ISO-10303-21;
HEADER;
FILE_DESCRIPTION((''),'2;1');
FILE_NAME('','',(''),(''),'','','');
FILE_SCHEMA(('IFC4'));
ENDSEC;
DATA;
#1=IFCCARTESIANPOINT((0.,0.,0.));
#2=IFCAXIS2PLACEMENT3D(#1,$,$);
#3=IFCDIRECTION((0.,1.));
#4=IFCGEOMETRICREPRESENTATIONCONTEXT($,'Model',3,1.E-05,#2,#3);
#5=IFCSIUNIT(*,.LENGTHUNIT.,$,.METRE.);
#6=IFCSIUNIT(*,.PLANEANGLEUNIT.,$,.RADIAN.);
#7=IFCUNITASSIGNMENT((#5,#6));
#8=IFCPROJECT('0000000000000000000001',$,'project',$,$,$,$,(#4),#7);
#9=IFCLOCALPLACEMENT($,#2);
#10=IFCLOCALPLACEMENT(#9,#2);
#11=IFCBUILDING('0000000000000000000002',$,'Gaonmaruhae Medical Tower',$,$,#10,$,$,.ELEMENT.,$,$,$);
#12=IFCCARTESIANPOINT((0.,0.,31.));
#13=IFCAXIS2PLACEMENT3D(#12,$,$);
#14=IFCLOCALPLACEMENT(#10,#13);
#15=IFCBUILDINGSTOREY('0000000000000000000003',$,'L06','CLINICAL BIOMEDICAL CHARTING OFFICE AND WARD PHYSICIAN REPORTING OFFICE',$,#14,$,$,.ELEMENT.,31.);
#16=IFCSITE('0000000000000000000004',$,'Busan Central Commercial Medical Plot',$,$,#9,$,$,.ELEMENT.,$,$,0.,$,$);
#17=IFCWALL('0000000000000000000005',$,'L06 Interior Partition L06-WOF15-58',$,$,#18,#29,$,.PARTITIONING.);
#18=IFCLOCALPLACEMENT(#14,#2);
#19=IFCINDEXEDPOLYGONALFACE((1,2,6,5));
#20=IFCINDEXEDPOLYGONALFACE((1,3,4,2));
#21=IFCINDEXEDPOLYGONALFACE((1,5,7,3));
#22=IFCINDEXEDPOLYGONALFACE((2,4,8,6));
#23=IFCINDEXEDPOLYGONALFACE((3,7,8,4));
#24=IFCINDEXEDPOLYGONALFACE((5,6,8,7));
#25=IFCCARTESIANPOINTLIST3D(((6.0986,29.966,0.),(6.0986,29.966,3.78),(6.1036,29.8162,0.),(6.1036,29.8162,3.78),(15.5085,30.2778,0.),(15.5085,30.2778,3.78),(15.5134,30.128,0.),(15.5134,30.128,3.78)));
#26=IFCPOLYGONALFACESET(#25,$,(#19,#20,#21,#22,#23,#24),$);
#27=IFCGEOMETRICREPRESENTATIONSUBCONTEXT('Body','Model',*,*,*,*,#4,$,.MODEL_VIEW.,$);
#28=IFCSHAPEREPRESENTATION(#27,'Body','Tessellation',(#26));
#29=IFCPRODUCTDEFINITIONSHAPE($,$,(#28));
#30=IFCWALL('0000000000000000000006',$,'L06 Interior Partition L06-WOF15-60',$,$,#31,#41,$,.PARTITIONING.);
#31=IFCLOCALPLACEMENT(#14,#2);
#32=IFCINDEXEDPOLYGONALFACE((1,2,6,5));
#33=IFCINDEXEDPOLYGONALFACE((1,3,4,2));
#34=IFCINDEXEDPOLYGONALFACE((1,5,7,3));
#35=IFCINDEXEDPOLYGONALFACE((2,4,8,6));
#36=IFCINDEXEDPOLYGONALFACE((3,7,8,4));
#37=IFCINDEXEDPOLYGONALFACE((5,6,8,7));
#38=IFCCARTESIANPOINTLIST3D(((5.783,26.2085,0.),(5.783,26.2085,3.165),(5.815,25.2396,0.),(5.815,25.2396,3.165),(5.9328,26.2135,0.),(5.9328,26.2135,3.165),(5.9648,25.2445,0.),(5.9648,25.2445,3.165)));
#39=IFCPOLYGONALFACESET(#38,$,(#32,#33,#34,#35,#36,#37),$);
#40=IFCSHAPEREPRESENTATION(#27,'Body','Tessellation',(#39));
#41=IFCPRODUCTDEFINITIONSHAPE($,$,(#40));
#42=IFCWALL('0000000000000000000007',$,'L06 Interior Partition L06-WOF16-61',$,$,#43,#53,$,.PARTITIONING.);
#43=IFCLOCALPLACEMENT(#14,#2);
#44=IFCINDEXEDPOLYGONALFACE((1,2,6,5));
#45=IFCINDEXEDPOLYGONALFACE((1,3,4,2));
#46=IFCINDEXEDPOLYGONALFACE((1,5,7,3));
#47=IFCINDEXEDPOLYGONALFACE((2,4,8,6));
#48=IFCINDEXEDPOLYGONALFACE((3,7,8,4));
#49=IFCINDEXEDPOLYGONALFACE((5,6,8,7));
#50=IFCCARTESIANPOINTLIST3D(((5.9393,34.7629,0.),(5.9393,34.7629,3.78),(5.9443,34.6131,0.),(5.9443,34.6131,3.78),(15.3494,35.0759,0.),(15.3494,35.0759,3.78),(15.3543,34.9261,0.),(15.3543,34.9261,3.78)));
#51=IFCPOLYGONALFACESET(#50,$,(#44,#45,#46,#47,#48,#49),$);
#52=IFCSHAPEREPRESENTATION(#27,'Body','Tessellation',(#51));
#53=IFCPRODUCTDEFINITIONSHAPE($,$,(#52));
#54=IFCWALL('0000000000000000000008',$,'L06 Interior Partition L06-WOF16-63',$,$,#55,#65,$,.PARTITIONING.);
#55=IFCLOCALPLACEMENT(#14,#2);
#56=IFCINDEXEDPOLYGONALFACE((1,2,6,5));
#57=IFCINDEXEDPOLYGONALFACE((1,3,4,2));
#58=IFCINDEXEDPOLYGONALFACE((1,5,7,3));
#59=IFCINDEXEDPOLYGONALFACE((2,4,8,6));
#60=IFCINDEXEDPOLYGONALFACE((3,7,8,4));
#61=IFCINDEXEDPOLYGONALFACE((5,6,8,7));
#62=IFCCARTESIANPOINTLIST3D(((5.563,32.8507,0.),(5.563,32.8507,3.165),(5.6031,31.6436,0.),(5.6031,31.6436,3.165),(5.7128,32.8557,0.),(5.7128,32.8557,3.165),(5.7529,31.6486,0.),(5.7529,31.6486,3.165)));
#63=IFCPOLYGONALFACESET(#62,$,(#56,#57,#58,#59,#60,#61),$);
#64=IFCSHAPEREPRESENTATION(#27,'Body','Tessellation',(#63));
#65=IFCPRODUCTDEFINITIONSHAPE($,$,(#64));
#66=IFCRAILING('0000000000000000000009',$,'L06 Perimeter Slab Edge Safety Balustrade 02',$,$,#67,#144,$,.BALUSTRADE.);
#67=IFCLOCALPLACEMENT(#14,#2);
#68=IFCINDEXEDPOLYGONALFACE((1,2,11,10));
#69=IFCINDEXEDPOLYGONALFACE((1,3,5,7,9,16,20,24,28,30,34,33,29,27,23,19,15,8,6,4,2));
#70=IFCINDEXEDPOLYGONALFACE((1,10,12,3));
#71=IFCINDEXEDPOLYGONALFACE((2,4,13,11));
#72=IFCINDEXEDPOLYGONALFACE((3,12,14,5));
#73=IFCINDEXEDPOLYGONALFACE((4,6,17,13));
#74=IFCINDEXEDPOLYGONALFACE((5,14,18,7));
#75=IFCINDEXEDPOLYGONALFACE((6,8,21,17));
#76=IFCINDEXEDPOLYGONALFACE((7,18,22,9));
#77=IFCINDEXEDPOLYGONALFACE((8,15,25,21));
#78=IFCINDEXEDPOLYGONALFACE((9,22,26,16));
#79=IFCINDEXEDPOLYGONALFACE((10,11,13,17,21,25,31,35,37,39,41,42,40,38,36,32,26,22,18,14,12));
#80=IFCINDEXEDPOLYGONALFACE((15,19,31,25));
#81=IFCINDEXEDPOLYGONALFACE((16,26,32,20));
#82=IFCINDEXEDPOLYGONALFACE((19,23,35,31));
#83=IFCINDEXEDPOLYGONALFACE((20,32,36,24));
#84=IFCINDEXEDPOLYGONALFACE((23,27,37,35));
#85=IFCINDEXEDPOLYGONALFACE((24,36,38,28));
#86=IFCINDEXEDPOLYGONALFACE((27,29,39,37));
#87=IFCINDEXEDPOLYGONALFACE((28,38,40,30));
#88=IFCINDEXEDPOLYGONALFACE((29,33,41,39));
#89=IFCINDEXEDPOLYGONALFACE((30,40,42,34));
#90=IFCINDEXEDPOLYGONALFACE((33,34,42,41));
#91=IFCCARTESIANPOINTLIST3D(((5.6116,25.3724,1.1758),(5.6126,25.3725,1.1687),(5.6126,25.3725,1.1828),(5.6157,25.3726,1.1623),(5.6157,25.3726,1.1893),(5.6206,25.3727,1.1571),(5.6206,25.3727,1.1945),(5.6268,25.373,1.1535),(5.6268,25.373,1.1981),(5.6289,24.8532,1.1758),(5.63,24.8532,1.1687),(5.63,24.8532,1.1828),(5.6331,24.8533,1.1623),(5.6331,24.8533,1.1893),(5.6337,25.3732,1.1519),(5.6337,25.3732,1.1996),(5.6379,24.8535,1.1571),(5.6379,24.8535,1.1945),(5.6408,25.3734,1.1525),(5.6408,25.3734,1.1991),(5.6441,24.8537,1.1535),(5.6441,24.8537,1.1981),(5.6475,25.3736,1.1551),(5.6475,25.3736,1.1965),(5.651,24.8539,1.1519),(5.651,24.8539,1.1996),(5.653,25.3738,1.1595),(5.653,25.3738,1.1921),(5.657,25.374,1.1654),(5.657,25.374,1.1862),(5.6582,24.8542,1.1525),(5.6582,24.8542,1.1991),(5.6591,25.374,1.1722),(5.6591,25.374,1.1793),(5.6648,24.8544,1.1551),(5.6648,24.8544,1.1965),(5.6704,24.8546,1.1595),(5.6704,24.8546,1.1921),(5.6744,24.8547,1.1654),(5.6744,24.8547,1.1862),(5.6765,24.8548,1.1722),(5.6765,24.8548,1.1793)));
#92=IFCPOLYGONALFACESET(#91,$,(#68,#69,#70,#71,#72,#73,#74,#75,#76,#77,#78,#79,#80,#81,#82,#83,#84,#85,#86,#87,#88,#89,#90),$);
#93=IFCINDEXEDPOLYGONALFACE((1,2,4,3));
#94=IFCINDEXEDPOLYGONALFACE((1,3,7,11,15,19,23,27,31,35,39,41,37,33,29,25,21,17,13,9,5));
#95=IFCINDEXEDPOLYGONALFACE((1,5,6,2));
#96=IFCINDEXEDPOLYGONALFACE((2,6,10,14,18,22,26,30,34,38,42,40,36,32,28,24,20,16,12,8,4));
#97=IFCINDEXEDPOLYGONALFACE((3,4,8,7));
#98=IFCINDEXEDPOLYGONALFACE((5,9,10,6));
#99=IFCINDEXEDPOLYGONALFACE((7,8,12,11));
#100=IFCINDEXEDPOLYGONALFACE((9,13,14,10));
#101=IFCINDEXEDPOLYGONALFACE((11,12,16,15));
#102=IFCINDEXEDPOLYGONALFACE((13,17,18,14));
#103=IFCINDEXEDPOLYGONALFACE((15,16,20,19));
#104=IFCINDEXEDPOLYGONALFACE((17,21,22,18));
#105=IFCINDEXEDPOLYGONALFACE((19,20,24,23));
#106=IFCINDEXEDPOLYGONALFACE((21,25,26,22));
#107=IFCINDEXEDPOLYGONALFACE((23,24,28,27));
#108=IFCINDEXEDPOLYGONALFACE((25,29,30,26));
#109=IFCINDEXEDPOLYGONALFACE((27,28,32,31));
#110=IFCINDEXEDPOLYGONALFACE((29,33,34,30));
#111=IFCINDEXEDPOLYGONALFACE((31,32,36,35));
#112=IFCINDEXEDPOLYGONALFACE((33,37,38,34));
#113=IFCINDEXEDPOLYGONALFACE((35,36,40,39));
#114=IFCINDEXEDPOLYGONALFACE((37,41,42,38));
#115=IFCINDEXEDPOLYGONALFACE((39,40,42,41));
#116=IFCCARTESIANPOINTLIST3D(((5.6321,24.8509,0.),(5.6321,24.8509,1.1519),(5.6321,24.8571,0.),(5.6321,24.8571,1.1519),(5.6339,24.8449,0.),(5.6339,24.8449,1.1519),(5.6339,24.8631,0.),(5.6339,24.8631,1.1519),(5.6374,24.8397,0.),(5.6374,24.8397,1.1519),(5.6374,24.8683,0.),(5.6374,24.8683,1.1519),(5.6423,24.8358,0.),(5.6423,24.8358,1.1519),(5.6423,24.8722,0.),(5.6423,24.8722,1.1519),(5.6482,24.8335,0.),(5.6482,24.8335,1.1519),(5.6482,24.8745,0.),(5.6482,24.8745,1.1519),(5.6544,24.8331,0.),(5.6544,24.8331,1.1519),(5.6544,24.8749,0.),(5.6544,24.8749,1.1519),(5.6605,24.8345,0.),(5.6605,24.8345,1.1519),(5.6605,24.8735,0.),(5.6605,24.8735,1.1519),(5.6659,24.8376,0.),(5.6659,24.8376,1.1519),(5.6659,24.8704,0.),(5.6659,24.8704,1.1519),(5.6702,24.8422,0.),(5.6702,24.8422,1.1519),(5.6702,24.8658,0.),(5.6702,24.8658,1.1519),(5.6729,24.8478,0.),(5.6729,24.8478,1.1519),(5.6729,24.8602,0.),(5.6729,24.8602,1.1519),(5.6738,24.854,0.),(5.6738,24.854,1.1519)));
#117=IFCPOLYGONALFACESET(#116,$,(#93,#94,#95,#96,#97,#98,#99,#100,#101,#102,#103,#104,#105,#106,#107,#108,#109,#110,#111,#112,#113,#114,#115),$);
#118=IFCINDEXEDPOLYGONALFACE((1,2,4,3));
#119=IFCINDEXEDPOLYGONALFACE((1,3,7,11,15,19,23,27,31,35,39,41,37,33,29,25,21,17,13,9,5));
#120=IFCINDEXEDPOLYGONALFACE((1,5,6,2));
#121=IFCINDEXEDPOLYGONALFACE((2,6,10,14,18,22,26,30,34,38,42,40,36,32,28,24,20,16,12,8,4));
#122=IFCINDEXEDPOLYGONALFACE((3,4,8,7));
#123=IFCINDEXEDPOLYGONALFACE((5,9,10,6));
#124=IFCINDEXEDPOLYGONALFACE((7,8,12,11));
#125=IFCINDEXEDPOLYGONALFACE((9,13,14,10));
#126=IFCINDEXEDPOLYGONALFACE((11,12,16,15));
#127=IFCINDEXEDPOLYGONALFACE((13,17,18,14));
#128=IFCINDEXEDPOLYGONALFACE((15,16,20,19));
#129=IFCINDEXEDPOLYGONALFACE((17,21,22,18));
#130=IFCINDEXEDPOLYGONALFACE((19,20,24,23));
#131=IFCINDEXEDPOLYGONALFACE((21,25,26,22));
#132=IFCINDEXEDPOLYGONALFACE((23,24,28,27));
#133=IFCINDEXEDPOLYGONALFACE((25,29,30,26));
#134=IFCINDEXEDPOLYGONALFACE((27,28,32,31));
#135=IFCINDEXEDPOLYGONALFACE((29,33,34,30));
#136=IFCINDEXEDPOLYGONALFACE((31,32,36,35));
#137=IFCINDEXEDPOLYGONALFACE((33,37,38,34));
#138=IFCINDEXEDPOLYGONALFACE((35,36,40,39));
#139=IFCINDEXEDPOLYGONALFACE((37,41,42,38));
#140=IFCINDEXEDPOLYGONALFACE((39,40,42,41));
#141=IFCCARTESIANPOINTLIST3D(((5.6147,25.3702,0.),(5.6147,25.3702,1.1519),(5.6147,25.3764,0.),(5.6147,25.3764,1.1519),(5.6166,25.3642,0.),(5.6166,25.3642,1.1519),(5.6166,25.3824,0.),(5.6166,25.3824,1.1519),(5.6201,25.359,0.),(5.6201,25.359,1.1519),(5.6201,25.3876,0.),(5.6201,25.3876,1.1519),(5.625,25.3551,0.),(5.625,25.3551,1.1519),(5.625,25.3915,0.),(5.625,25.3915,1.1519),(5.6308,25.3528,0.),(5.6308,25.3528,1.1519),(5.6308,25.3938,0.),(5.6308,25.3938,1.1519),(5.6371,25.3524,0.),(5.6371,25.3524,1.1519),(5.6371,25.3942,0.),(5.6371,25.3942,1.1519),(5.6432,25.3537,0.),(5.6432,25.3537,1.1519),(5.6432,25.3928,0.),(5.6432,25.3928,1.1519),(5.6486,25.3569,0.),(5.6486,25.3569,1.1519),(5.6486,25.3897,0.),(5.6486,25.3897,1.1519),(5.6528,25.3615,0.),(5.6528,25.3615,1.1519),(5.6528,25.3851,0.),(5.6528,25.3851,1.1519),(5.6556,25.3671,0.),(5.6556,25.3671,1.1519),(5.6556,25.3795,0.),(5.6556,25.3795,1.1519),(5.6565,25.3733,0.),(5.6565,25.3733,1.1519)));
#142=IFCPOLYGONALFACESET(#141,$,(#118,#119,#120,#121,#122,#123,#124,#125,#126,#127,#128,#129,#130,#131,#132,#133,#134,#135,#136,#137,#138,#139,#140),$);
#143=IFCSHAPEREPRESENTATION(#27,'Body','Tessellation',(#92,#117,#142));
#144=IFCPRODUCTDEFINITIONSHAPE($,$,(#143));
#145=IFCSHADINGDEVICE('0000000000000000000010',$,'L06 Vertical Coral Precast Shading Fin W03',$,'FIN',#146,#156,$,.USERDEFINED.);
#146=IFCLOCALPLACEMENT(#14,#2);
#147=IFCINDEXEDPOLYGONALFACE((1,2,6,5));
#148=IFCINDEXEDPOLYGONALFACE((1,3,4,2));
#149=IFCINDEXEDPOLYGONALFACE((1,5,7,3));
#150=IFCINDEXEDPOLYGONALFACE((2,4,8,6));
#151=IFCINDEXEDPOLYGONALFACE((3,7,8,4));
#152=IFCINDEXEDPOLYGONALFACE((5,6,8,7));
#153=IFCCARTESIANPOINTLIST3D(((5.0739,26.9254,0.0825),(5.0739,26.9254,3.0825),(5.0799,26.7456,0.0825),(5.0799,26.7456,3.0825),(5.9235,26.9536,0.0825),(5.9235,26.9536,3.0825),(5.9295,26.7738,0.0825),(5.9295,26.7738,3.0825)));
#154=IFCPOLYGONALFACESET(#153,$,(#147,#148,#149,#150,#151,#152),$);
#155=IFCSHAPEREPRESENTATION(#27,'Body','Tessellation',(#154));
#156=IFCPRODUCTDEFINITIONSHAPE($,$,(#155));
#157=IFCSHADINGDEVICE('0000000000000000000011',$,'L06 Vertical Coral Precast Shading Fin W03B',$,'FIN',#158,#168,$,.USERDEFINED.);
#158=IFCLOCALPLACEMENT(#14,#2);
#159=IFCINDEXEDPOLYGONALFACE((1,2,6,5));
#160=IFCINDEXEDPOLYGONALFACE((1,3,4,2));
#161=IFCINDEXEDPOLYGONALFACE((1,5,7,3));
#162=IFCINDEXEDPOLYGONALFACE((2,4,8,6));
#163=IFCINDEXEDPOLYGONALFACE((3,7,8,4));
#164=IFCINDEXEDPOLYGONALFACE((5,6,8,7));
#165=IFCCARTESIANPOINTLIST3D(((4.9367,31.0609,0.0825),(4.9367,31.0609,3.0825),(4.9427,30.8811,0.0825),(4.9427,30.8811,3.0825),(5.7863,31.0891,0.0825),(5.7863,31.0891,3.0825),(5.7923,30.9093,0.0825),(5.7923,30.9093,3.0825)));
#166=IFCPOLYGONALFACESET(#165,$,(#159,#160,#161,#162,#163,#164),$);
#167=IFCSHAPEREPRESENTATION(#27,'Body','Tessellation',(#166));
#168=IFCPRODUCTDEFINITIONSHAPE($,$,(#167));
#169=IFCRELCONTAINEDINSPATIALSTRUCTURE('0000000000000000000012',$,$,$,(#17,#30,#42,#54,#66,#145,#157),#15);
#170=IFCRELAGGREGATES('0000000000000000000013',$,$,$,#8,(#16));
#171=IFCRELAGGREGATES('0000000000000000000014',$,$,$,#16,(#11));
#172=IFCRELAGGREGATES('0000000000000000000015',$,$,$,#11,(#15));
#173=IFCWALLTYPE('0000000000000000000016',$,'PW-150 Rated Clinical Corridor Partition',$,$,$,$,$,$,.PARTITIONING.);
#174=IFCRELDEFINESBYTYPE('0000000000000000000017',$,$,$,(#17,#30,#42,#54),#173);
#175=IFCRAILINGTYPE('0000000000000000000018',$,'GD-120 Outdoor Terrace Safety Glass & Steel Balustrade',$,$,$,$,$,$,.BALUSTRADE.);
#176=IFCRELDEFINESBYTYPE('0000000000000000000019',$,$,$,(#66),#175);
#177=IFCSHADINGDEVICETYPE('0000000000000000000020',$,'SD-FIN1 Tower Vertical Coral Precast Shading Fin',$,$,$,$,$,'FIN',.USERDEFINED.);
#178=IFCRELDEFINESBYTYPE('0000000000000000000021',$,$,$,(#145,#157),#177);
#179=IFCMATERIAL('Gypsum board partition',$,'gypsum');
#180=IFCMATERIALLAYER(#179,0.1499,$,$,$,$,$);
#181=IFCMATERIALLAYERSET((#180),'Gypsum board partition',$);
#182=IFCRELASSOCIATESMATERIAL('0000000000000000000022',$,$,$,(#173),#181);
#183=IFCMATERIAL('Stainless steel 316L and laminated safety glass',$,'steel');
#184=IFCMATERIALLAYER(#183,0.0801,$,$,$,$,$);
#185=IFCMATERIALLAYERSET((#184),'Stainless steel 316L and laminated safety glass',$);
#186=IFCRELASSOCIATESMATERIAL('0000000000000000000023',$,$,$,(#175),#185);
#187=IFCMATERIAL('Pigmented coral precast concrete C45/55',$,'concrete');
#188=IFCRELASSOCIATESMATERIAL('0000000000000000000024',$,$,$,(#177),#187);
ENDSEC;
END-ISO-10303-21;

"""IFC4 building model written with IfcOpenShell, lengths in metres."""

from ifc_helpers import new_model, si_unit, direction, frame, frame_2d, origin, origin_2d, place, context, subcontext, project, spatial, rectangle, circle, extrude, material, layer, layer_set, type_object, element, save


model = new_model("IFC4")

# Units and contexts
model_context = context("Model", 3, precision=1e-05, world=origin(), true_north=direction((0.0, 1.0)))
body_context = subcontext(model_context, "Body", "Model", "MODEL_VIEW")
ifc_project = project(units=[si_unit("LENGTHUNIT", "METRE"), si_unit("PLANEANGLEUNIT", "RADIAN")], contexts=[model_context])

# Site, building, storey
site_placement = place(None, origin())
site = spatial("IfcSite", under=ifc_project, at=site_placement, Name="Busan Central Commercial Medical Plot", CompositionType="ELEMENT", RefElevation=0.0)
building_placement = place(site_placement, origin())
building = spatial("IfcBuilding", under=site, at=building_placement, Name="Gaonmaruhae Medical Tower", CompositionType="ELEMENT")
storey_placement = place(building_placement, frame((0.0, 0.0, 31.0)))
storey = spatial("IfcBuildingStorey", under=building, at=storey_placement, Name="L06", Description="CLINICAL BIOMEDICAL CHARTING OFFICE AND WARD PHYSICIAN REPORTING OFFICE", CompositionType="ELEMENT", Elevation=31.0)

# Shared definitions
ifc_material_1 = material(Name="Gypsum board partition", Category="gypsum")
ifc_layer_1 = layer(ifc_material_1, 0.1499)
ifc_layer_set_1 = layer_set([ifc_layer_1], Name="Gypsum board partition")
wall_type_1 = type_object("IfcWallType", Name="PW-150 Rated Clinical Corridor Partition", PredefinedType="PARTITIONING", material=ifc_layer_set_1)

# Walls
wall_1_placement = place(storey_placement, frame((6.1011, 29.8911, 0.0), z_axis=(0.0, 0.0, 1.0), x_axis=(0.999452, 0.033114, 0.0)))
element("IfcWall", 1, at=wall_1_placement, inside=storey, type_object=wall_type_1, Name="L06 Interior Partition L06-WOF15-58", PredefinedType="PARTITIONING", context=body_context, shape_type="SweptSolid", body=[
    extrude(rectangle(XDim=9.415, YDim=0.1499, at=frame_2d((4.7075, 0.0))), origin(), (0.0, 0.0, 1.0), 3.78),
])
wall_2_placement = place(storey_placement, frame((5.8899, 25.2419, 0.0), z_axis=(0.0, 0.0, 1.0), x_axis=(-0.032988, 0.999456, 0.0)))
element("IfcWall", 2, at=wall_2_placement, inside=storey, type_object=wall_type_1, Name="L06 Interior Partition L06-WOF15-60", PredefinedType="PARTITIONING", context=body_context, shape_type="SweptSolid", body=[
    extrude(rectangle(XDim=0.9695, YDim=0.1499, at=frame_2d((0.4849, 0.0))), origin(), (0.0, 0.0, 1.0), 3.165),
])
wall_3_placement = place(storey_placement, frame((5.9419, 34.688, 0.0), z_axis=(0.0, 0.0, 1.0), x_axis=(0.999447, 0.033242, 0.0)))
element("IfcWall", 3, at=wall_3_placement, inside=storey, type_object=wall_type_1, Name="L06 Interior Partition L06-WOF16-61", PredefinedType="PARTITIONING", context=body_context, shape_type="SweptSolid", body=[
    extrude(rectangle(XDim=9.4153, YDim=0.1499, at=frame_2d((4.7075, 0.0))), origin(), (0.0, 0.0, 1.0), 3.78),
])
wall_4_placement = place(storey_placement, frame((5.678, 31.646, 0.0), z_axis=(0.0, 0.0, 1.0), x_axis=(-0.033153, 0.99945, 0.0)))
element("IfcWall", 4, at=wall_4_placement, inside=storey, type_object=wall_type_1, Name="L06 Interior Partition L06-WOF16-63", PredefinedType="PARTITIONING", context=body_context, shape_type="SweptSolid", body=[
    extrude(rectangle(XDim=1.2078, YDim=0.1499, at=frame_2d((0.604, 0.0))), origin(), (0.0, 0.0, 1.0), 3.165),
])

# Railing
ifc_material_2 = material(Name="Stainless steel 316L and laminated safety glass", Category="steel")
ifc_layer_2 = layer(ifc_material_2, 0.0801)
ifc_layer_set_2 = layer_set([ifc_layer_2], Name="Stainless steel 316L and laminated safety glass")
railing_type = type_object("IfcRailingType", Name="GD-120 Outdoor Terrace Safety Glass & Steel Balustrade", PredefinedType="BALUSTRADE", material=ifc_layer_set_2)
railing_placement = place(storey_placement, frame((5.6528, 24.854, 0.0)))
element("IfcRailing", 5, at=railing_placement, inside=storey, type_object=railing_type, Name="L06 Perimeter Slab Edge Safety Balustrade 02", PredefinedType="BALUSTRADE", context=body_context, shape_type="SweptSolid", body=[
    extrude(circle(Radius=0.0239, at=origin_2d()), frame((0.0, 0.0, 1.1758), z_axis=(-0.033362, 0.999443, 0.0), x_axis=(-0.999443, -0.033362, 0.0)), (0.0, 0.0, 1.0), 0.5195),
    extrude(circle(Radius=0.021, at=origin_2d()), origin(), (0.0, 0.0, 1.0), 1.1519),
    extrude(circle(Radius=0.021, at=origin_2d()), frame((-0.0173, 0.5193, 0.0)), (0.0, 0.0, 1.0), 1.1519),
])

# Shading devices
ifc_material_3 = material(Name="Pigmented coral precast concrete C45/55", Category="concrete")
shading_device_type = type_object("IfcShadingDeviceType", Name="SD-FIN1 Tower Vertical Coral Precast Shading Fin", ElementType="FIN", PredefinedType="USERDEFINED", material=ifc_material_3)
for number, where, z_axis, x_axis, name in (
    (6, (5.5017, 26.8496, 0.0825), (0.0, 0.0, 1.0), (-0.033155, 0.99945, 0.0), "L06 Vertical Coral Precast Shading Fin W03"),
    (7, (5.3645, 30.9851, 0.0825), (0.0, 0.0, 1.0), (-0.033155, 0.99945, 0.0), "L06 Vertical Coral Precast Shading Fin W03B"),
):
    element("IfcShadingDevice", number, at=place(storey_placement, frame(where, z_axis=z_axis, x_axis=x_axis)), inside=storey, type_object=shading_device_type, Name=name, ObjectType="FIN", PredefinedType="USERDEFINED", context=body_context, shape_type="SweptSolid", body=[
        extrude(rectangle(XDim=0.1799, YDim=0.8501, at=origin_2d()), origin(), (0.0, 0.0, 1.0), 3.0),
    ])

save(model, "model.ifc")
